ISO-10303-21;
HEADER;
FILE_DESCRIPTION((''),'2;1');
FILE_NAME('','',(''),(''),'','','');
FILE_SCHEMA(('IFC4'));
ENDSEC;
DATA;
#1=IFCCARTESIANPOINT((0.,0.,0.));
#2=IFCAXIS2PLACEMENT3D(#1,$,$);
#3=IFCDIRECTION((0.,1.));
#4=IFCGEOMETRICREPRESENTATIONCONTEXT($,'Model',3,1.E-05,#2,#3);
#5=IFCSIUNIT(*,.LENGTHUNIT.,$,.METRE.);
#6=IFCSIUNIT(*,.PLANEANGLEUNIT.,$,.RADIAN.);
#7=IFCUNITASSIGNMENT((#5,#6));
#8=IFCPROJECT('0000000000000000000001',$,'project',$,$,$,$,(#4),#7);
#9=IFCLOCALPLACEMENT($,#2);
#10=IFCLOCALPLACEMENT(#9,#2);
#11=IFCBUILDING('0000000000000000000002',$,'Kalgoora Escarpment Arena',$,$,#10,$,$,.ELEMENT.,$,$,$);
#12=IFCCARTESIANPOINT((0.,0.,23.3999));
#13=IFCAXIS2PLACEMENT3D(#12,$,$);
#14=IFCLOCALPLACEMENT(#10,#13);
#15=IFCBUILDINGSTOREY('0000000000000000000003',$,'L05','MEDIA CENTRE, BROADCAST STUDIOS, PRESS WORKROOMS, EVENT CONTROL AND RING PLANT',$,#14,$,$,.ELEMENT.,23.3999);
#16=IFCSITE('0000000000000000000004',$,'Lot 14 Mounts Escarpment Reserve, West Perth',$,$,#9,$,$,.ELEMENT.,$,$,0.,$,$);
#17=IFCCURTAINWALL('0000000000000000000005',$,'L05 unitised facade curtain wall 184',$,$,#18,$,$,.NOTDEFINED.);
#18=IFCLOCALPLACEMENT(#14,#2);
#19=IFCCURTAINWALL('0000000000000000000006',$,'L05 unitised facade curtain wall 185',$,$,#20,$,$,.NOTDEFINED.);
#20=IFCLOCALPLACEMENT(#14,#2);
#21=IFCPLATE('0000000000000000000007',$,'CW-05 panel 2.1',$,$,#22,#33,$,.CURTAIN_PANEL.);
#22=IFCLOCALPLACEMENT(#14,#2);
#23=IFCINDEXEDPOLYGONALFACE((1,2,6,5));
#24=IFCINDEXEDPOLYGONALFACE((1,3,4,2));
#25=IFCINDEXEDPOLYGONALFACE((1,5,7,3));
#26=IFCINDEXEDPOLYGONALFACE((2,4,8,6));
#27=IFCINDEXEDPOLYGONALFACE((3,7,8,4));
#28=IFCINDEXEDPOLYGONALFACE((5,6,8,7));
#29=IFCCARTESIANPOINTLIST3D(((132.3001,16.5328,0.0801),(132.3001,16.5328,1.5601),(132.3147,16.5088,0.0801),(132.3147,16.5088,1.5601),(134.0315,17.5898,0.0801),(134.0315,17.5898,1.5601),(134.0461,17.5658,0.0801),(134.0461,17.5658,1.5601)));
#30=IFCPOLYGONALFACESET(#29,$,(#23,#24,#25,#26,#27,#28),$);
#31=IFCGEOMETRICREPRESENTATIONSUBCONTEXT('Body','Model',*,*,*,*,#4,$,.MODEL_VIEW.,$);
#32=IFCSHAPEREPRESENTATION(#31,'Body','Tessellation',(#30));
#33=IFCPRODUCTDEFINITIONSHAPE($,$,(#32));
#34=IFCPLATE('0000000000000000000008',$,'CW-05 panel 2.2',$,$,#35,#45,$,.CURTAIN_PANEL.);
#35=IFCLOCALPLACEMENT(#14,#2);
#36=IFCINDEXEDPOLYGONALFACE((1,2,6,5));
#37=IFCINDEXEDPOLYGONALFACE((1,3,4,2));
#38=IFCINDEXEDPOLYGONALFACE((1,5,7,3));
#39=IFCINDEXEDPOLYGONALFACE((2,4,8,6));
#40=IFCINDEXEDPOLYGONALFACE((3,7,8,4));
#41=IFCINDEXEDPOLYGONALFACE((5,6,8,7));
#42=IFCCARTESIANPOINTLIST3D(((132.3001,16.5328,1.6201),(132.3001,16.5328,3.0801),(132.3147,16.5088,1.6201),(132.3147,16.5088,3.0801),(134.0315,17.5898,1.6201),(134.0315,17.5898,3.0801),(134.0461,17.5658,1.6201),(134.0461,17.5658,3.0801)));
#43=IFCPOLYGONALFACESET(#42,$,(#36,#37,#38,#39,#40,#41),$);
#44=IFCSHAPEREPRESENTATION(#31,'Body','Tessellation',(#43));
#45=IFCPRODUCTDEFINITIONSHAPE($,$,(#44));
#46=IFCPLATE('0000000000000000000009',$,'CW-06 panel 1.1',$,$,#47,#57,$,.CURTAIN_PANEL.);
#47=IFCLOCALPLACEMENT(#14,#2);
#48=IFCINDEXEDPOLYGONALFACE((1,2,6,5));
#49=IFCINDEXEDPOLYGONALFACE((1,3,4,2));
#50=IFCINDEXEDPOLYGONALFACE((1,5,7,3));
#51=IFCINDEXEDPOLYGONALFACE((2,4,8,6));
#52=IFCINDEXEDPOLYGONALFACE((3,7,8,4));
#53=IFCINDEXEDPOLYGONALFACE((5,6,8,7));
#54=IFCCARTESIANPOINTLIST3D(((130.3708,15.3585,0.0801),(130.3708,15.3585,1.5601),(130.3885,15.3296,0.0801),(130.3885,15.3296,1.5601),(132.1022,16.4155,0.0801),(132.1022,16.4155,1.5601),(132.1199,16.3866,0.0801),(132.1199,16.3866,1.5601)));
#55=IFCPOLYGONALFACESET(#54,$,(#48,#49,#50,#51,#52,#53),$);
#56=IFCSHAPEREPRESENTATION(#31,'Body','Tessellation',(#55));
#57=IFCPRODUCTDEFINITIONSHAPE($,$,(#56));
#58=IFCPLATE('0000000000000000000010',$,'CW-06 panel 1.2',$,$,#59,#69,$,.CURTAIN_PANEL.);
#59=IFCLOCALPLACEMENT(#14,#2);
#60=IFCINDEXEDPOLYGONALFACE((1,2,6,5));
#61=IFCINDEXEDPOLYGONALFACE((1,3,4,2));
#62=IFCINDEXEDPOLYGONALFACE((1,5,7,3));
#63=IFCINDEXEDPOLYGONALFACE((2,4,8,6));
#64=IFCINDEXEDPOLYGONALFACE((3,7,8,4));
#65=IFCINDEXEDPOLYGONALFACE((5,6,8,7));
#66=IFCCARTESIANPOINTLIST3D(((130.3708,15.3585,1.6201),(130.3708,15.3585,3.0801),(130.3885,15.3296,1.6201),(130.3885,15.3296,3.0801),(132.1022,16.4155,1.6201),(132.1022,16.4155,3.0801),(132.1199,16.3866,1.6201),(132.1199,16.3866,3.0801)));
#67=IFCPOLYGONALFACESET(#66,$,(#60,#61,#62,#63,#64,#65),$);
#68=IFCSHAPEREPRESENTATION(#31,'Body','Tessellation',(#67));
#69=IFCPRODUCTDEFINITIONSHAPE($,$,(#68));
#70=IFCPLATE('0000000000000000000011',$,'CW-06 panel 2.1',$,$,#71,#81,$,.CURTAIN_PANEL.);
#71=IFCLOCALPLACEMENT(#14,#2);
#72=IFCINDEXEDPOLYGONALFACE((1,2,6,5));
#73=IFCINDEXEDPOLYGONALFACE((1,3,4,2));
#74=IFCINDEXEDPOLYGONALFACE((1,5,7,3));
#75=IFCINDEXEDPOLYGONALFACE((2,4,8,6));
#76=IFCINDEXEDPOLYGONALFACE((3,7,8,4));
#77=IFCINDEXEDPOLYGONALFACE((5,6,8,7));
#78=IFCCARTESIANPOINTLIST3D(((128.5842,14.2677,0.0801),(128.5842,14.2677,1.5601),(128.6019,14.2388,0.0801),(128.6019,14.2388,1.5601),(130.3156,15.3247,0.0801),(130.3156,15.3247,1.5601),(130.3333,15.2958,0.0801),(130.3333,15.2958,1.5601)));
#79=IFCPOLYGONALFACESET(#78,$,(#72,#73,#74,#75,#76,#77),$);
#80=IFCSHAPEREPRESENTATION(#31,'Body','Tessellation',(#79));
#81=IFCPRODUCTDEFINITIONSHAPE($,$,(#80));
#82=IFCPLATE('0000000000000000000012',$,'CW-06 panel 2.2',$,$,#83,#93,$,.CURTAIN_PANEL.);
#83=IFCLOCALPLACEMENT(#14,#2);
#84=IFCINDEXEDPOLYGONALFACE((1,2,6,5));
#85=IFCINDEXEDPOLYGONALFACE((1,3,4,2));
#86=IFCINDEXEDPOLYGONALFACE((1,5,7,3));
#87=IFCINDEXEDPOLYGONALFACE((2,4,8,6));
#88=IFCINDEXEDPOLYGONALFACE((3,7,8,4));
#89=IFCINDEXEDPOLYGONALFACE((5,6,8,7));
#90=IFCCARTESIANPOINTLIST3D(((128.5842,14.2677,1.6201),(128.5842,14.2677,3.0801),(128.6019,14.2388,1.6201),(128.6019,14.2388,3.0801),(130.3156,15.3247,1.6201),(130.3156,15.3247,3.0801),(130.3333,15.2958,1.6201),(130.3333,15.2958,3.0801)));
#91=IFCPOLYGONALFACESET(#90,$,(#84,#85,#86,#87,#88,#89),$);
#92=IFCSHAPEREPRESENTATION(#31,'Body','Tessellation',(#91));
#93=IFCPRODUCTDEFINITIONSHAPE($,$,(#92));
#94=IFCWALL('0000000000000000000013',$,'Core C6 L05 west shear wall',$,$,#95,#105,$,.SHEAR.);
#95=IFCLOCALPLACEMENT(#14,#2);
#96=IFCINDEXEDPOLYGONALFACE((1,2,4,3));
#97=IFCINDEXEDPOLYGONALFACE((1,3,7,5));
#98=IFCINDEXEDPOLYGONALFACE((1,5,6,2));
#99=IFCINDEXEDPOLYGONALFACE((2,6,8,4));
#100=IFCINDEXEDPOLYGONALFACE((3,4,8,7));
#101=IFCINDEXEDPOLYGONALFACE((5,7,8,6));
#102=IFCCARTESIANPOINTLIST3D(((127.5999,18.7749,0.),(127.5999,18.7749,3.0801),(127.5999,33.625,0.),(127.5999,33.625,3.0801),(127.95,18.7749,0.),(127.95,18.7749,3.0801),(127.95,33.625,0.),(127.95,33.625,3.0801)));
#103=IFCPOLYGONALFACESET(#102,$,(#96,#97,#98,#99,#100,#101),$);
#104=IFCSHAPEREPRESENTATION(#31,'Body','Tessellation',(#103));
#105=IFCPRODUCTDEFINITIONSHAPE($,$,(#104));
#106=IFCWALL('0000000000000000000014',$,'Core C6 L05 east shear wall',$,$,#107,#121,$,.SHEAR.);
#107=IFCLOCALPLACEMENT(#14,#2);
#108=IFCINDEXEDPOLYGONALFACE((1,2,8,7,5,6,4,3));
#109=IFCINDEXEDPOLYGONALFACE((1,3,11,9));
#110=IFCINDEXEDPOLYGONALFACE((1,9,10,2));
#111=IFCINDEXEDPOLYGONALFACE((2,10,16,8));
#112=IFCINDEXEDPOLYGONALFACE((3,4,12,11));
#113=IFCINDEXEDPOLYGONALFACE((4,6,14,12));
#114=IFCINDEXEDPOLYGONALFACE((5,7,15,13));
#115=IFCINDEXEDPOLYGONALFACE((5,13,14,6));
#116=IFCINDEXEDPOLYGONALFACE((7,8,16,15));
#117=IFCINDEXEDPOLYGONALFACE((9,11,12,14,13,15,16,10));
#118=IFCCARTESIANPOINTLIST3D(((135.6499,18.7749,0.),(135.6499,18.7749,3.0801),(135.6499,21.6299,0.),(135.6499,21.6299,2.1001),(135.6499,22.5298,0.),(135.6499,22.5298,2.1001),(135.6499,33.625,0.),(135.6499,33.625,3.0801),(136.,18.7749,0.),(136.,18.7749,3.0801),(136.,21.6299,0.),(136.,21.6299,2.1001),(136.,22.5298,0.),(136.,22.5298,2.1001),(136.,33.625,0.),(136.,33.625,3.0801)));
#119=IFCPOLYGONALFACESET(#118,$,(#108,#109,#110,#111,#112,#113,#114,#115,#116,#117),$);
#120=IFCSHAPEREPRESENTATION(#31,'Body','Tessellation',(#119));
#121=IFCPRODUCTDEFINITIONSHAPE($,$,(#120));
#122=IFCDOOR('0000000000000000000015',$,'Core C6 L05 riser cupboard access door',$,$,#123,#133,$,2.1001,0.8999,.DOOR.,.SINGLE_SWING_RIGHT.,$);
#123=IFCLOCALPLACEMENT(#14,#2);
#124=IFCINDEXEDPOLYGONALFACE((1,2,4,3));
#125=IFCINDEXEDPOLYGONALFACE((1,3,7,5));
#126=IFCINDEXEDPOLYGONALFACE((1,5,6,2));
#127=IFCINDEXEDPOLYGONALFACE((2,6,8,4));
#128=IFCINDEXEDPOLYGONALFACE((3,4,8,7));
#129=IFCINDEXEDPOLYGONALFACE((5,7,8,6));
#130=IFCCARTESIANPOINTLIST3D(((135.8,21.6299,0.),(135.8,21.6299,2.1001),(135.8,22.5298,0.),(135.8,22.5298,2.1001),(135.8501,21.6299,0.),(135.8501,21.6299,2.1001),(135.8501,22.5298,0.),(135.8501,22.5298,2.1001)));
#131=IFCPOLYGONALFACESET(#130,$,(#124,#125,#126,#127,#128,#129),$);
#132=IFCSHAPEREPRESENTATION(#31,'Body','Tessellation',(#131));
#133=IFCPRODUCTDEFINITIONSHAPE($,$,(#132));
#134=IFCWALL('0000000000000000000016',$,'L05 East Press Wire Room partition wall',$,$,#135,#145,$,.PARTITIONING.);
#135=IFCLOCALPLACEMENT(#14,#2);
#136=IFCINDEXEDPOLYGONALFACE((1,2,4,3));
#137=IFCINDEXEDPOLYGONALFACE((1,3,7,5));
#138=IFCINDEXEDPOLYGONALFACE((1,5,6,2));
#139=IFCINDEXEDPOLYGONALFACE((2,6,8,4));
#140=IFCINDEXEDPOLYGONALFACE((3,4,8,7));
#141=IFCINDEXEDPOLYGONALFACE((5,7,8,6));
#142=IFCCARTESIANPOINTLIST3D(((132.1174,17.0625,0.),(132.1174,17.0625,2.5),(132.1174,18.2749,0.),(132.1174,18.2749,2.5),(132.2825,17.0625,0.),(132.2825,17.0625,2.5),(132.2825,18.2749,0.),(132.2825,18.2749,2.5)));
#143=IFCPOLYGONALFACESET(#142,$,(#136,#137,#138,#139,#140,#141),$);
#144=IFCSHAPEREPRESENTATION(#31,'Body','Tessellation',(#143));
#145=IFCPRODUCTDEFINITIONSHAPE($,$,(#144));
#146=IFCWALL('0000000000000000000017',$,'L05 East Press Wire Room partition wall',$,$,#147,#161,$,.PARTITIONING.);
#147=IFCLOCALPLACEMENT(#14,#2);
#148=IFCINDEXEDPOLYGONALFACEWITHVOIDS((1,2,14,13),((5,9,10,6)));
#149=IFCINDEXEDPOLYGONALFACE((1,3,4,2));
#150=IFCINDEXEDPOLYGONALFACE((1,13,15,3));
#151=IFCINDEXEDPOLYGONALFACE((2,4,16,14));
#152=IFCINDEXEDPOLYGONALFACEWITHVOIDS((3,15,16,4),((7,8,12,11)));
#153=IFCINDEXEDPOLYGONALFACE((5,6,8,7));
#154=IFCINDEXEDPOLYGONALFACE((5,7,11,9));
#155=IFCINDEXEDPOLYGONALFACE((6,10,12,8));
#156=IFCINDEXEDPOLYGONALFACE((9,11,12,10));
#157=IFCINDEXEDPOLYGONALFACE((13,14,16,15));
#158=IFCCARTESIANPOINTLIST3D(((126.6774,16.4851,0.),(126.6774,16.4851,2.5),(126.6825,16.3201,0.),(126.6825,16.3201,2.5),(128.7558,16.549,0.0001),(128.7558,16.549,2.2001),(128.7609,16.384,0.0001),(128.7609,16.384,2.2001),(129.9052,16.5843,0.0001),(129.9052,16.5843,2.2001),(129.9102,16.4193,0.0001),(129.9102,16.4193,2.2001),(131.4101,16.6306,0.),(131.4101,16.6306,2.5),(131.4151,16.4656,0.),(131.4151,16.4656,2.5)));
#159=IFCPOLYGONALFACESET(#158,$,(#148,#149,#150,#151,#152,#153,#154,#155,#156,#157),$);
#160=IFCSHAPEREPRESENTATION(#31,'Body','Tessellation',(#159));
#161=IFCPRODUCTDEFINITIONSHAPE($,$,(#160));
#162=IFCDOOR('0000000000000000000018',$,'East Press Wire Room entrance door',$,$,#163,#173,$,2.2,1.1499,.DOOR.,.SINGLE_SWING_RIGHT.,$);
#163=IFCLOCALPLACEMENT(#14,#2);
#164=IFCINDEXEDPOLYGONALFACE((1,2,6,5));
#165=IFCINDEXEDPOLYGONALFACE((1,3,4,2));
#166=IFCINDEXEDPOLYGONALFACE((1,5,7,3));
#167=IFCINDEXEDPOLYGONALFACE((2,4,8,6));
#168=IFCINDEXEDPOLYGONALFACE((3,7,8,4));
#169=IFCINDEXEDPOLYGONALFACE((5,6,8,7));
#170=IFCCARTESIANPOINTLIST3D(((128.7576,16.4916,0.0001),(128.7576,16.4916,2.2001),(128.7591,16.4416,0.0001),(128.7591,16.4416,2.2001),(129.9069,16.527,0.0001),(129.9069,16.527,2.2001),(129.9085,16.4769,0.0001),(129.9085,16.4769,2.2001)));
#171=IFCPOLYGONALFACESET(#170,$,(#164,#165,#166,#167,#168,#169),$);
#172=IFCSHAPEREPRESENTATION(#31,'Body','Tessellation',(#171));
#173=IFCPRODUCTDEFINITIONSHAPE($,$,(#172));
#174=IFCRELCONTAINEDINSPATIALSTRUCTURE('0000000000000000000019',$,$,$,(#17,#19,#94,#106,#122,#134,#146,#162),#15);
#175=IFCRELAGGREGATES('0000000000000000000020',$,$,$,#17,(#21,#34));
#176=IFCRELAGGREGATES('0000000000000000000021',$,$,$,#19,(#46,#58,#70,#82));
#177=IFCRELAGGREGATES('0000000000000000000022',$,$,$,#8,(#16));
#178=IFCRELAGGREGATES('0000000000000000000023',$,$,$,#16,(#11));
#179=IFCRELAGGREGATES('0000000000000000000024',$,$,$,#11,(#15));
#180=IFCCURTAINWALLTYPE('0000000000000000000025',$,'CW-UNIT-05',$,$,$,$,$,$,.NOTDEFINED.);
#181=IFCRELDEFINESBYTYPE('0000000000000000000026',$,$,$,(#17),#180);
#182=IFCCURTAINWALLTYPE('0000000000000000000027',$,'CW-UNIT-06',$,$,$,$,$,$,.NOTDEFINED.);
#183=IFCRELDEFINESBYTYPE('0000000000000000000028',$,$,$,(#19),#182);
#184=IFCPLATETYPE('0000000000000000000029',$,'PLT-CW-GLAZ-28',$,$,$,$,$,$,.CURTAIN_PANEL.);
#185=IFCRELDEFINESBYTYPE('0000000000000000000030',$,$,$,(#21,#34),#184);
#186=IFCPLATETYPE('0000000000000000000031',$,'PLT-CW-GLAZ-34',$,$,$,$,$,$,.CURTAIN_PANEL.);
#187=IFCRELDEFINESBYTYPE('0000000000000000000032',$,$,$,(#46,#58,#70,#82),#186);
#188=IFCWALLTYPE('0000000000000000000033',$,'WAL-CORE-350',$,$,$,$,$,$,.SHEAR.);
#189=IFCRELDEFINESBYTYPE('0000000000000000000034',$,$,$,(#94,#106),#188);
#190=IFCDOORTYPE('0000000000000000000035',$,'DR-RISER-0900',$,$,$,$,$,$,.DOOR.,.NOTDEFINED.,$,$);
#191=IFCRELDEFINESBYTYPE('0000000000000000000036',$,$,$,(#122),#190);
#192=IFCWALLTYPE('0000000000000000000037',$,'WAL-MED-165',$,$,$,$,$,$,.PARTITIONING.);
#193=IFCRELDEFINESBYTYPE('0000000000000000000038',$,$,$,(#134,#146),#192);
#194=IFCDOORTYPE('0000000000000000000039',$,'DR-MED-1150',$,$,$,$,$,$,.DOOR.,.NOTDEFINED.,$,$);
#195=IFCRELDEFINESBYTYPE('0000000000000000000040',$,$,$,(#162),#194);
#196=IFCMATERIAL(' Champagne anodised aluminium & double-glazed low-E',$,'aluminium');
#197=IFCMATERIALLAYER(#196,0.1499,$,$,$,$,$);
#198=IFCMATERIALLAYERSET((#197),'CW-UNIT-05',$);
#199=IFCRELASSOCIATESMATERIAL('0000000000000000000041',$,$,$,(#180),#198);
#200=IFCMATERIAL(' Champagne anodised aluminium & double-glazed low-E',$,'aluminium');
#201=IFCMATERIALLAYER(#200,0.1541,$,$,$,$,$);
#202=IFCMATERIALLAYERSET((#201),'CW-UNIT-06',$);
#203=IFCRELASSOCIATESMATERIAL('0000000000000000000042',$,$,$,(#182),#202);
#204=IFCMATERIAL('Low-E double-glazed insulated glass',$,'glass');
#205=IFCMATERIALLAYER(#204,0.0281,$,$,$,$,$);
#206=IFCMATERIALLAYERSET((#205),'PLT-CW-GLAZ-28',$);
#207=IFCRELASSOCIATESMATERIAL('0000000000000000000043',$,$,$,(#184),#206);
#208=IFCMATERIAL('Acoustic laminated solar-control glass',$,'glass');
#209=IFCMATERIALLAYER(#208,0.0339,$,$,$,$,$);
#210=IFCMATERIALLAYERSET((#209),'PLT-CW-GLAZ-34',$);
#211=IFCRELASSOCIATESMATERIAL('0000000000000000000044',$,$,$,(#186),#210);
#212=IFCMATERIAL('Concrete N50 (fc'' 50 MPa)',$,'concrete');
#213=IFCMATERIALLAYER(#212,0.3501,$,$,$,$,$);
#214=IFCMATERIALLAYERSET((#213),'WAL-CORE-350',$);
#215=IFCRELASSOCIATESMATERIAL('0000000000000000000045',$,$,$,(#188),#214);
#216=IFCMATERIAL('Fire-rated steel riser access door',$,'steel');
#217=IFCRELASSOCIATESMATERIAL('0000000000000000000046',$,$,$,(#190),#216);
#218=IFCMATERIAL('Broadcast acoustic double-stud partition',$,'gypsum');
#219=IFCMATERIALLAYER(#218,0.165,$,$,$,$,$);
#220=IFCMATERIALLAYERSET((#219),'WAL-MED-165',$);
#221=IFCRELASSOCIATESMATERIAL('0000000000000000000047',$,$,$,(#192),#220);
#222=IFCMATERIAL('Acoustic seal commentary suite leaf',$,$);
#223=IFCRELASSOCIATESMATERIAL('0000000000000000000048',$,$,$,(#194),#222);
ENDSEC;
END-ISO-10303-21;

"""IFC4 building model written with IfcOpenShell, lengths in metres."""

from ifc_helpers import new_model, si_unit, direction, frame, frame_2d, origin, origin_2d, place, context, subcontext, project, spatial, rectangle, extrude, material, layer, layer_set, type_object, element, fill, aggregate, save


model = new_model("IFC4")

# Units and contexts
model_context = context("Model", 3, precision=1e-05, world=origin(), true_north=direction((0.0, 1.0)))
body_context = subcontext(model_context, "Body", "Model", "MODEL_VIEW")
ifc_project = project(units=[si_unit("LENGTHUNIT", "METRE"), si_unit("PLANEANGLEUNIT", "RADIAN")], contexts=[model_context])

# Site, building, storey
site_placement = place(None, origin())
site = spatial("IfcSite", under=ifc_project, at=site_placement, Name="Lot 14 Mounts Escarpment Reserve, West Perth", CompositionType="ELEMENT", RefElevation=0.0)
building_placement = place(site_placement, origin())
building = spatial("IfcBuilding", under=site, at=building_placement, Name="Kalgoora Escarpment Arena", CompositionType="ELEMENT")
storey_placement = place(building_placement, frame((0.0, 0.0, 23.3999)))
storey = spatial("IfcBuildingStorey", under=building, at=storey_placement, Name="L05", Description="MEDIA CENTRE, BROADCAST STUDIOS, PRESS WORKROOMS, EVENT CONTROL AND RING PLANT", CompositionType="ELEMENT", Elevation=23.3999)

# Curtain walls
ifc_material_1 = material(Name=" Champagne anodised aluminium & double-glazed low-E", Category="aluminium")
ifc_layer_1 = layer(ifc_material_1, 0.1499)
ifc_layer_set_1 = layer_set([ifc_layer_1], Name="CW-UNIT-05")
curtain_wall_type_1 = type_object("IfcCurtainWallType", Name="CW-UNIT-05", PredefinedType="NOTDEFINED", material=ifc_layer_set_1)
curtain_wall_1_placement = place(storey_placement, origin())
curtain_wall_1 = element("IfcCurtainWall", 1, at=curtain_wall_1_placement, inside=storey, type_object=curtain_wall_type_1, Name="L05 unitised facade curtain wall 184", PredefinedType="NOTDEFINED")
ifc_material_2 = material(Name=" Champagne anodised aluminium & double-glazed low-E", Category="aluminium")
ifc_layer_2 = layer(ifc_material_2, 0.1541)
ifc_layer_set_2 = layer_set([ifc_layer_2], Name="CW-UNIT-06")
curtain_wall_type_2 = type_object("IfcCurtainWallType", Name="CW-UNIT-06", PredefinedType="NOTDEFINED", material=ifc_layer_set_2)
curtain_wall_2_placement = place(storey_placement, origin())
curtain_wall_2 = element("IfcCurtainWall", 2, at=curtain_wall_2_placement, inside=storey, type_object=curtain_wall_type_2, Name="L05 unitised facade curtain wall 185", PredefinedType="NOTDEFINED")

# Plates
ifc_material_3 = material(Name="Low-E double-glazed insulated glass", Category="glass")
ifc_layer_3 = layer(ifc_material_3, 0.0281)
ifc_layer_set_3 = layer_set([ifc_layer_3], Name="PLT-CW-GLAZ-28")
plate_type_1 = type_object("IfcPlateType", Name="PLT-CW-GLAZ-28", PredefinedType="CURTAIN_PANEL", material=ifc_layer_set_3)
plate_1_placement = place(storey_placement, frame((133.1731, 17.0493, 0.0801), z_axis=(0.0, 0.0, 1.0), x_axis=(-0.853527, -0.521049, 0.0)))
plate_1 = element("IfcPlate", 3, at=plate_1_placement, type_object=plate_type_1, Name="CW-05 panel 2.1", PredefinedType="CURTAIN_PANEL", context=body_context, shape_type="SweptSolid", body=[
    extrude(rectangle(XDim=2.0286, YDim=0.0281, at=origin_2d()), origin(), (0.0, 0.0, 1.0), 1.48),
])
plate_2_placement = place(storey_placement, frame((133.1731, 17.0493, 1.6201), z_axis=(0.0, 0.0, 1.0), x_axis=(-0.853527, -0.521049, 0.0)))
plate_2 = element("IfcPlate", 4, at=plate_2_placement, type_object=plate_type_1, Name="CW-05 panel 2.2", PredefinedType="CURTAIN_PANEL", context=body_context, shape_type="SweptSolid", body=[
    extrude(rectangle(XDim=2.0286, YDim=0.0281, at=origin_2d()), origin(), (0.0, 0.0, 1.0), 1.46),
])
aggregate(curtain_wall_1, [plate_1, plate_2])
ifc_material_4 = material(Name="Acoustic laminated solar-control glass", Category="glass")
ifc_layer_4 = layer(ifc_material_4, 0.0339)
ifc_layer_set_4 = layer_set([ifc_layer_4], Name="PLT-CW-GLAZ-34")
plate_type_2 = type_object("IfcPlateType", Name="PLT-CW-GLAZ-34", PredefinedType="CURTAIN_PANEL", material=ifc_layer_set_4)
plate_3_placement = place(storey_placement, frame((131.2454, 15.8726, 0.0801), z_axis=(0.0, 0.0, 1.0), x_axis=(-0.853521, -0.521059, 0.0)))
plate_3 = element("IfcPlate", 5, at=plate_3_placement, type_object=plate_type_2, Name="CW-06 panel 1.1", PredefinedType="CURTAIN_PANEL", context=body_context, shape_type="SweptSolid", body=[
    extrude(rectangle(XDim=2.0286, YDim=0.0339, at=origin_2d()), origin(), (0.0, 0.0, 1.0), 1.48),
])
plate_4_placement = place(storey_placement, frame((131.2454, 15.8726, 1.6201), z_axis=(0.0, 0.0, 1.0), x_axis=(-0.853521, -0.521059, 0.0)))
plate_4 = element("IfcPlate", 6, at=plate_4_placement, type_object=plate_type_2, Name="CW-06 panel 1.2", PredefinedType="CURTAIN_PANEL", context=body_context, shape_type="SweptSolid", body=[
    extrude(rectangle(XDim=2.0286, YDim=0.0339, at=origin_2d()), origin(), (0.0, 0.0, 1.0), 1.46),
])
plate_5_placement = place(storey_placement, frame((129.4587, 14.7817, 0.0801), z_axis=(0.0, 0.0, 1.0), x_axis=(-0.853521, -0.521059, 0.0)))
plate_5 = element("IfcPlate", 7, at=plate_5_placement, type_object=plate_type_2, Name="CW-06 panel 2.1", PredefinedType="CURTAIN_PANEL", context=body_context, shape_type="SweptSolid", body=[
    extrude(rectangle(XDim=2.0286, YDim=0.0339, at=origin_2d()), origin(), (0.0, 0.0, 1.0), 1.48),
])
plate_6_placement = place(storey_placement, frame((129.4587, 14.7817, 1.6201), z_axis=(0.0, 0.0, 1.0), x_axis=(-0.853521, -0.521059, 0.0)))
plate_6 = element("IfcPlate", 8, at=plate_6_placement, type_object=plate_type_2, Name="CW-06 panel 2.2", PredefinedType="CURTAIN_PANEL", context=body_context, shape_type="SweptSolid", body=[
    extrude(rectangle(XDim=2.0286, YDim=0.0339, at=origin_2d()), origin(), (0.0, 0.0, 1.0), 1.46),
])
aggregate(curtain_wall_2, [plate_3, plate_4, plate_5, plate_6])

# Wall
ifc_material_5 = material(Name="Concrete N50 (fc' 50 MPa)", Category="concrete")
ifc_layer_5 = layer(ifc_material_5, 0.3501)
ifc_layer_set_5 = layer_set([ifc_layer_5], Name="WAL-CORE-350")
wall_type_1 = type_object("IfcWallType", Name="WAL-CORE-350", PredefinedType="SHEAR", material=ifc_layer_set_5)
wall_1_placement = place(storey_placement, frame((127.7749, 18.7749, 0.0), z_axis=(0.0, 0.0, 1.0), x_axis=(0.0, 1.0, 0.0)))
element("IfcWall", 9, at=wall_1_placement, inside=storey, type_object=wall_type_1, Name="Core C6 L05 west shear wall", PredefinedType="SHEAR", context=body_context, shape_type="SweptSolid", body=[
    extrude(rectangle(XDim=14.8501, YDim=0.3501, at=frame_2d((7.425, 0.0))), origin(), (0.0, 0.0, 1.0), 3.0801),
])

# Wall, opening, door
wall_2_placement = place(storey_placement, frame((135.825, 18.7749, 0.0), z_axis=(0.0, 0.0, 1.0), x_axis=(0.0, 1.0, 0.0)))
wall_2 = element("IfcWall", 10, at=wall_2_placement, inside=storey, type_object=wall_type_1, Name="Core C6 L05 east shear wall", PredefinedType="SHEAR", context=body_context, shape_type="SweptSolid", body=[
    extrude(rectangle(XDim=14.8501, YDim=0.3501, at=frame_2d((7.425, 0.0))), origin(), (0.0, 0.0, 1.0), 3.0801),
])
opening_1_placement = place(wall_2_placement, frame((2.855, 0.0, 0.0)))
opening_1 = element("IfcOpeningElement", 11, at=opening_1_placement, cuts=wall_2, PredefinedType="OPENING", context=body_context, shape_type="SweptSolid", body=[
    extrude(rectangle(XDim=0.8999, YDim=2.1001, at=frame_2d((0.45, 1.05))), frame((0.0, 0.1851, 0.0), z_axis=(0.0, -1.0, 0.0), x_axis=(1.0, 0.0, 0.0)), (0.0, 0.0, 1.0), 0.3701),
])
ifc_material_6 = material(Name="Fire-rated steel riser access door", Category="steel")
door_type_1 = type_object("IfcDoorType", Name="DR-RISER-0900", OperationType="NOTDEFINED", PredefinedType="DOOR", material=ifc_material_6)
door_1_placement = place(opening_1_placement, origin())
door_1 = element("IfcDoor", 12, at=door_1_placement, inside=storey, type_object=door_type_1, Name="Core C6 L05 riser cupboard access door", OperationType="SINGLE_SWING_RIGHT", OverallHeight=2.1001, OverallWidth=0.8999, PredefinedType="DOOR", context=body_context, shape_type="SweptSolid", body=[
    extrude(rectangle(XDim=0.8999, YDim=2.1001, at=frame_2d((0.45, 1.05))), frame((0.0, 0.0249, 0.0), z_axis=(0.0, -1.0, 0.0), x_axis=(1.0, 0.0, 0.0)), (0.0, 0.0, 1.0), 0.05),
])
fill(opening_1, door_1)

# Wall
ifc_material_7 = material(Name="Broadcast acoustic double-stud partition", Category="gypsum")
ifc_layer_6 = layer(ifc_material_7, 0.165)
ifc_layer_set_6 = layer_set([ifc_layer_6], Name="WAL-MED-165")
wall_type_2 = type_object("IfcWallType", Name="WAL-MED-165", PredefinedType="PARTITIONING", material=ifc_layer_set_6)
wall_3_placement = place(storey_placement, frame((132.2, 18.2749, 0.0), z_axis=(0.0, 0.0, 1.0), x_axis=(0.0, -1.0, 0.0)))
element("IfcWall", 13, at=wall_3_placement, inside=storey, type_object=wall_type_2, Name="L05 East Press Wire Room partition wall", PredefinedType="PARTITIONING", context=body_context, shape_type="SweptSolid", body=[
    extrude(rectangle(XDim=1.2124, YDim=0.165, at=frame_2d((0.6062, 0.0))), origin(), (0.0, 0.0, 1.0), 2.5),
])

# Wall, opening, door
wall_4_placement = place(storey_placement, frame((131.4126, 16.5481, 0.0), z_axis=(0.0, 0.0, 1.0), x_axis=(-0.999528, -0.030731, 0.0)))
wall_4 = element("IfcWall", 14, at=wall_4_placement, inside=storey, type_object=wall_type_2, Name="L05 East Press Wire Room partition wall", PredefinedType="PARTITIONING", context=body_context, shape_type="SweptSolid", body=[
    extrude(rectangle(XDim=4.7349, YDim=0.165, at=frame_2d((2.3674, 0.0))), origin(), (0.0, 0.0, 1.0), 2.5),
])
opening_2_placement = place(wall_4_placement, frame((1.5056, 0.0, 0.0)))
opening_2 = element("IfcOpeningElement", 15, at=opening_2_placement, cuts=wall_4, PredefinedType="OPENING", context=body_context, shape_type="SweptSolid", body=[
    extrude(rectangle(XDim=1.1499, YDim=2.2, at=frame_2d((0.575, 1.1001))), frame((0.0, 0.0925, 0.0), z_axis=(0.0, -1.0, 0.0), x_axis=(1.0, 0.0, 0.0)), (0.0, 0.0, 1.0), 0.1851),
])
ifc_material_8 = material(Name="Acoustic seal commentary suite leaf")
door_type_2 = type_object("IfcDoorType", Name="DR-MED-1150", OperationType="NOTDEFINED", PredefinedType="DOOR", material=ifc_material_8)
door_2_placement = place(opening_2_placement, origin())
door_2 = element("IfcDoor", 16, at=door_2_placement, inside=storey, type_object=door_type_2, Name="East Press Wire Room entrance door", OperationType="SINGLE_SWING_RIGHT", OverallHeight=2.2, OverallWidth=1.1499, PredefinedType="DOOR", context=body_context, shape_type="SweptSolid", body=[
    extrude(rectangle(XDim=1.1499, YDim=2.2, at=frame_2d((0.575, 1.1001))), frame((0.0, 0.0249, 0.0), z_axis=(0.0, -1.0, 0.0), x_axis=(1.0, 0.0, 0.0)), (0.0, 0.0, 1.0), 0.05),
])
fill(opening_2, door_2)

save(model, "model.ifc")
